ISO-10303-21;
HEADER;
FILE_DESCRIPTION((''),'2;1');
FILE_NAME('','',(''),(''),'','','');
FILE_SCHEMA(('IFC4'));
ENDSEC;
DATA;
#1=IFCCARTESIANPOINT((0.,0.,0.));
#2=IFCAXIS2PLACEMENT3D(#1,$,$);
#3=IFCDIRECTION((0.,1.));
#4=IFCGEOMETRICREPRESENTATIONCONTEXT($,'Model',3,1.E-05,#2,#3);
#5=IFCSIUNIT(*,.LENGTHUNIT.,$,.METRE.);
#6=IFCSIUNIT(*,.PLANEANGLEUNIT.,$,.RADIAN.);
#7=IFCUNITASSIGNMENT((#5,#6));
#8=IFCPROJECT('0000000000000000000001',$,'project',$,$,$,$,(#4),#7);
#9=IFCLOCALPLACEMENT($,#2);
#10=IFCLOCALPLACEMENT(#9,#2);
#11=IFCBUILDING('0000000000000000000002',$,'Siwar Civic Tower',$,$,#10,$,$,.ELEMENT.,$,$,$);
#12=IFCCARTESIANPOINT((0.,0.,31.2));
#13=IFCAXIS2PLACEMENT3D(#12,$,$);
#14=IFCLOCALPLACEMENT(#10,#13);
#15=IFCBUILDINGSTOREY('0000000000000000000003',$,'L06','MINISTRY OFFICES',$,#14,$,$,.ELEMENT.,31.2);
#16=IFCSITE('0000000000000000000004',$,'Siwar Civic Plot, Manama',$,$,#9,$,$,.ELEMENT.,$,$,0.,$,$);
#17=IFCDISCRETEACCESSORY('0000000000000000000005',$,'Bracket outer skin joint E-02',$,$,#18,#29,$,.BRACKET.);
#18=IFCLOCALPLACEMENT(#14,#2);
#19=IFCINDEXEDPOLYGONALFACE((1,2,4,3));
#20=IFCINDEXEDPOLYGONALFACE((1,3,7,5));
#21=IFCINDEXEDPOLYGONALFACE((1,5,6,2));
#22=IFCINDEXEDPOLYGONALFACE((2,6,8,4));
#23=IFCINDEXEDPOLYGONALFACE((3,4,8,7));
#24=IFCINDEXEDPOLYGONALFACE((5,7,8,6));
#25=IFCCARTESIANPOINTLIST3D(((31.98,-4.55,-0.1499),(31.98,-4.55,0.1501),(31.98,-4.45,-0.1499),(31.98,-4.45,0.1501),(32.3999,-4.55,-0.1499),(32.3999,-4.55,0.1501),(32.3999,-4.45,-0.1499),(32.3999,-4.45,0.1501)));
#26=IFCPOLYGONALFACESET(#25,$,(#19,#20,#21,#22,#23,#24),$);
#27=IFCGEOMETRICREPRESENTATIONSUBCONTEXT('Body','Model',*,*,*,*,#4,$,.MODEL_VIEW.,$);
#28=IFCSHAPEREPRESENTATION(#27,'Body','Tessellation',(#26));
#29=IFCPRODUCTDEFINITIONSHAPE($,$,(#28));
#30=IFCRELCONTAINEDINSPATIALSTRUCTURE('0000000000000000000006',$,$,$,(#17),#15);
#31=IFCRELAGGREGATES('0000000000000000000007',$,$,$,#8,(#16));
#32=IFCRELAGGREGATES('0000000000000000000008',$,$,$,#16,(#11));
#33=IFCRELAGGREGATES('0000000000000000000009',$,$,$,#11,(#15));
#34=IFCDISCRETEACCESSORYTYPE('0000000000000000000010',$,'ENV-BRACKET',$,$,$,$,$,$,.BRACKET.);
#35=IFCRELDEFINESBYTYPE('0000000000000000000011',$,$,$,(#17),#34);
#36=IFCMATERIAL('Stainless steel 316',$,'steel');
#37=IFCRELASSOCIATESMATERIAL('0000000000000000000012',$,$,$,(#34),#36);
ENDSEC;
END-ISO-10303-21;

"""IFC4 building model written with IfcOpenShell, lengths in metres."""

from ifc_helpers import new_model, si_unit, direction, frame, origin, origin_2d, place, context, subcontext, project, spatial, rectangle, extrude, material, type_object, element, save


model = new_model("IFC4")

# Units and contexts
model_context = context("Model", 3, precision=1e-05, world=origin(), true_north=direction((0.0, 1.0)))
body_context = subcontext(model_context, "Body", "Model", "MODEL_VIEW")
ifc_project = project(units=[si_unit("LENGTHUNIT", "METRE"), si_unit("PLANEANGLEUNIT", "RADIAN")], contexts=[model_context])

# Site, building, storey
site_placement = place(None, origin())
site = spatial("IfcSite", under=ifc_project, at=site_placement, Name="Siwar Civic Plot, Manama", CompositionType="ELEMENT", RefElevation=0.0)
building_placement = place(site_placement, origin())
building = spatial("IfcBuilding", under=site, at=building_placement, Name="Siwar Civic Tower", CompositionType="ELEMENT")
storey_placement = place(building_placement, frame((0.0, 0.0, 31.2)))
storey = spatial("IfcBuildingStorey", under=building, at=storey_placement, Name="L06", Description="MINISTRY OFFICES", CompositionType="ELEMENT", Elevation=31.2)

# Discrete accessory
ifc_material_1 = material(Name="Stainless steel 316", Category="steel")
discrete_accessory_type = type_object("IfcDiscreteAccessoryType", Name="ENV-BRACKET", PredefinedType="BRACKET", material=ifc_material_1)
discrete_accessory_placement = place(storey_placement, frame((32.1899, -4.5, -0.1499), z_axis=(0.0, 0.0, 1.0), x_axis=(1.0, 0.0, 0.0)))
element("IfcDiscreteAccessory", 1, at=discrete_accessory_placement, inside=storey, type_object=discrete_accessory_type, Name="Bracket outer skin joint E-02", PredefinedType="BRACKET", context=body_context, shape_type="SweptSolid", body=[
    extrude(rectangle(XDim=0.4199, YDim=0.1001, at=origin_2d()), origin(), (0.0, 0.0, 1.0), 0.3),
])

save(model, "model.ifc")
